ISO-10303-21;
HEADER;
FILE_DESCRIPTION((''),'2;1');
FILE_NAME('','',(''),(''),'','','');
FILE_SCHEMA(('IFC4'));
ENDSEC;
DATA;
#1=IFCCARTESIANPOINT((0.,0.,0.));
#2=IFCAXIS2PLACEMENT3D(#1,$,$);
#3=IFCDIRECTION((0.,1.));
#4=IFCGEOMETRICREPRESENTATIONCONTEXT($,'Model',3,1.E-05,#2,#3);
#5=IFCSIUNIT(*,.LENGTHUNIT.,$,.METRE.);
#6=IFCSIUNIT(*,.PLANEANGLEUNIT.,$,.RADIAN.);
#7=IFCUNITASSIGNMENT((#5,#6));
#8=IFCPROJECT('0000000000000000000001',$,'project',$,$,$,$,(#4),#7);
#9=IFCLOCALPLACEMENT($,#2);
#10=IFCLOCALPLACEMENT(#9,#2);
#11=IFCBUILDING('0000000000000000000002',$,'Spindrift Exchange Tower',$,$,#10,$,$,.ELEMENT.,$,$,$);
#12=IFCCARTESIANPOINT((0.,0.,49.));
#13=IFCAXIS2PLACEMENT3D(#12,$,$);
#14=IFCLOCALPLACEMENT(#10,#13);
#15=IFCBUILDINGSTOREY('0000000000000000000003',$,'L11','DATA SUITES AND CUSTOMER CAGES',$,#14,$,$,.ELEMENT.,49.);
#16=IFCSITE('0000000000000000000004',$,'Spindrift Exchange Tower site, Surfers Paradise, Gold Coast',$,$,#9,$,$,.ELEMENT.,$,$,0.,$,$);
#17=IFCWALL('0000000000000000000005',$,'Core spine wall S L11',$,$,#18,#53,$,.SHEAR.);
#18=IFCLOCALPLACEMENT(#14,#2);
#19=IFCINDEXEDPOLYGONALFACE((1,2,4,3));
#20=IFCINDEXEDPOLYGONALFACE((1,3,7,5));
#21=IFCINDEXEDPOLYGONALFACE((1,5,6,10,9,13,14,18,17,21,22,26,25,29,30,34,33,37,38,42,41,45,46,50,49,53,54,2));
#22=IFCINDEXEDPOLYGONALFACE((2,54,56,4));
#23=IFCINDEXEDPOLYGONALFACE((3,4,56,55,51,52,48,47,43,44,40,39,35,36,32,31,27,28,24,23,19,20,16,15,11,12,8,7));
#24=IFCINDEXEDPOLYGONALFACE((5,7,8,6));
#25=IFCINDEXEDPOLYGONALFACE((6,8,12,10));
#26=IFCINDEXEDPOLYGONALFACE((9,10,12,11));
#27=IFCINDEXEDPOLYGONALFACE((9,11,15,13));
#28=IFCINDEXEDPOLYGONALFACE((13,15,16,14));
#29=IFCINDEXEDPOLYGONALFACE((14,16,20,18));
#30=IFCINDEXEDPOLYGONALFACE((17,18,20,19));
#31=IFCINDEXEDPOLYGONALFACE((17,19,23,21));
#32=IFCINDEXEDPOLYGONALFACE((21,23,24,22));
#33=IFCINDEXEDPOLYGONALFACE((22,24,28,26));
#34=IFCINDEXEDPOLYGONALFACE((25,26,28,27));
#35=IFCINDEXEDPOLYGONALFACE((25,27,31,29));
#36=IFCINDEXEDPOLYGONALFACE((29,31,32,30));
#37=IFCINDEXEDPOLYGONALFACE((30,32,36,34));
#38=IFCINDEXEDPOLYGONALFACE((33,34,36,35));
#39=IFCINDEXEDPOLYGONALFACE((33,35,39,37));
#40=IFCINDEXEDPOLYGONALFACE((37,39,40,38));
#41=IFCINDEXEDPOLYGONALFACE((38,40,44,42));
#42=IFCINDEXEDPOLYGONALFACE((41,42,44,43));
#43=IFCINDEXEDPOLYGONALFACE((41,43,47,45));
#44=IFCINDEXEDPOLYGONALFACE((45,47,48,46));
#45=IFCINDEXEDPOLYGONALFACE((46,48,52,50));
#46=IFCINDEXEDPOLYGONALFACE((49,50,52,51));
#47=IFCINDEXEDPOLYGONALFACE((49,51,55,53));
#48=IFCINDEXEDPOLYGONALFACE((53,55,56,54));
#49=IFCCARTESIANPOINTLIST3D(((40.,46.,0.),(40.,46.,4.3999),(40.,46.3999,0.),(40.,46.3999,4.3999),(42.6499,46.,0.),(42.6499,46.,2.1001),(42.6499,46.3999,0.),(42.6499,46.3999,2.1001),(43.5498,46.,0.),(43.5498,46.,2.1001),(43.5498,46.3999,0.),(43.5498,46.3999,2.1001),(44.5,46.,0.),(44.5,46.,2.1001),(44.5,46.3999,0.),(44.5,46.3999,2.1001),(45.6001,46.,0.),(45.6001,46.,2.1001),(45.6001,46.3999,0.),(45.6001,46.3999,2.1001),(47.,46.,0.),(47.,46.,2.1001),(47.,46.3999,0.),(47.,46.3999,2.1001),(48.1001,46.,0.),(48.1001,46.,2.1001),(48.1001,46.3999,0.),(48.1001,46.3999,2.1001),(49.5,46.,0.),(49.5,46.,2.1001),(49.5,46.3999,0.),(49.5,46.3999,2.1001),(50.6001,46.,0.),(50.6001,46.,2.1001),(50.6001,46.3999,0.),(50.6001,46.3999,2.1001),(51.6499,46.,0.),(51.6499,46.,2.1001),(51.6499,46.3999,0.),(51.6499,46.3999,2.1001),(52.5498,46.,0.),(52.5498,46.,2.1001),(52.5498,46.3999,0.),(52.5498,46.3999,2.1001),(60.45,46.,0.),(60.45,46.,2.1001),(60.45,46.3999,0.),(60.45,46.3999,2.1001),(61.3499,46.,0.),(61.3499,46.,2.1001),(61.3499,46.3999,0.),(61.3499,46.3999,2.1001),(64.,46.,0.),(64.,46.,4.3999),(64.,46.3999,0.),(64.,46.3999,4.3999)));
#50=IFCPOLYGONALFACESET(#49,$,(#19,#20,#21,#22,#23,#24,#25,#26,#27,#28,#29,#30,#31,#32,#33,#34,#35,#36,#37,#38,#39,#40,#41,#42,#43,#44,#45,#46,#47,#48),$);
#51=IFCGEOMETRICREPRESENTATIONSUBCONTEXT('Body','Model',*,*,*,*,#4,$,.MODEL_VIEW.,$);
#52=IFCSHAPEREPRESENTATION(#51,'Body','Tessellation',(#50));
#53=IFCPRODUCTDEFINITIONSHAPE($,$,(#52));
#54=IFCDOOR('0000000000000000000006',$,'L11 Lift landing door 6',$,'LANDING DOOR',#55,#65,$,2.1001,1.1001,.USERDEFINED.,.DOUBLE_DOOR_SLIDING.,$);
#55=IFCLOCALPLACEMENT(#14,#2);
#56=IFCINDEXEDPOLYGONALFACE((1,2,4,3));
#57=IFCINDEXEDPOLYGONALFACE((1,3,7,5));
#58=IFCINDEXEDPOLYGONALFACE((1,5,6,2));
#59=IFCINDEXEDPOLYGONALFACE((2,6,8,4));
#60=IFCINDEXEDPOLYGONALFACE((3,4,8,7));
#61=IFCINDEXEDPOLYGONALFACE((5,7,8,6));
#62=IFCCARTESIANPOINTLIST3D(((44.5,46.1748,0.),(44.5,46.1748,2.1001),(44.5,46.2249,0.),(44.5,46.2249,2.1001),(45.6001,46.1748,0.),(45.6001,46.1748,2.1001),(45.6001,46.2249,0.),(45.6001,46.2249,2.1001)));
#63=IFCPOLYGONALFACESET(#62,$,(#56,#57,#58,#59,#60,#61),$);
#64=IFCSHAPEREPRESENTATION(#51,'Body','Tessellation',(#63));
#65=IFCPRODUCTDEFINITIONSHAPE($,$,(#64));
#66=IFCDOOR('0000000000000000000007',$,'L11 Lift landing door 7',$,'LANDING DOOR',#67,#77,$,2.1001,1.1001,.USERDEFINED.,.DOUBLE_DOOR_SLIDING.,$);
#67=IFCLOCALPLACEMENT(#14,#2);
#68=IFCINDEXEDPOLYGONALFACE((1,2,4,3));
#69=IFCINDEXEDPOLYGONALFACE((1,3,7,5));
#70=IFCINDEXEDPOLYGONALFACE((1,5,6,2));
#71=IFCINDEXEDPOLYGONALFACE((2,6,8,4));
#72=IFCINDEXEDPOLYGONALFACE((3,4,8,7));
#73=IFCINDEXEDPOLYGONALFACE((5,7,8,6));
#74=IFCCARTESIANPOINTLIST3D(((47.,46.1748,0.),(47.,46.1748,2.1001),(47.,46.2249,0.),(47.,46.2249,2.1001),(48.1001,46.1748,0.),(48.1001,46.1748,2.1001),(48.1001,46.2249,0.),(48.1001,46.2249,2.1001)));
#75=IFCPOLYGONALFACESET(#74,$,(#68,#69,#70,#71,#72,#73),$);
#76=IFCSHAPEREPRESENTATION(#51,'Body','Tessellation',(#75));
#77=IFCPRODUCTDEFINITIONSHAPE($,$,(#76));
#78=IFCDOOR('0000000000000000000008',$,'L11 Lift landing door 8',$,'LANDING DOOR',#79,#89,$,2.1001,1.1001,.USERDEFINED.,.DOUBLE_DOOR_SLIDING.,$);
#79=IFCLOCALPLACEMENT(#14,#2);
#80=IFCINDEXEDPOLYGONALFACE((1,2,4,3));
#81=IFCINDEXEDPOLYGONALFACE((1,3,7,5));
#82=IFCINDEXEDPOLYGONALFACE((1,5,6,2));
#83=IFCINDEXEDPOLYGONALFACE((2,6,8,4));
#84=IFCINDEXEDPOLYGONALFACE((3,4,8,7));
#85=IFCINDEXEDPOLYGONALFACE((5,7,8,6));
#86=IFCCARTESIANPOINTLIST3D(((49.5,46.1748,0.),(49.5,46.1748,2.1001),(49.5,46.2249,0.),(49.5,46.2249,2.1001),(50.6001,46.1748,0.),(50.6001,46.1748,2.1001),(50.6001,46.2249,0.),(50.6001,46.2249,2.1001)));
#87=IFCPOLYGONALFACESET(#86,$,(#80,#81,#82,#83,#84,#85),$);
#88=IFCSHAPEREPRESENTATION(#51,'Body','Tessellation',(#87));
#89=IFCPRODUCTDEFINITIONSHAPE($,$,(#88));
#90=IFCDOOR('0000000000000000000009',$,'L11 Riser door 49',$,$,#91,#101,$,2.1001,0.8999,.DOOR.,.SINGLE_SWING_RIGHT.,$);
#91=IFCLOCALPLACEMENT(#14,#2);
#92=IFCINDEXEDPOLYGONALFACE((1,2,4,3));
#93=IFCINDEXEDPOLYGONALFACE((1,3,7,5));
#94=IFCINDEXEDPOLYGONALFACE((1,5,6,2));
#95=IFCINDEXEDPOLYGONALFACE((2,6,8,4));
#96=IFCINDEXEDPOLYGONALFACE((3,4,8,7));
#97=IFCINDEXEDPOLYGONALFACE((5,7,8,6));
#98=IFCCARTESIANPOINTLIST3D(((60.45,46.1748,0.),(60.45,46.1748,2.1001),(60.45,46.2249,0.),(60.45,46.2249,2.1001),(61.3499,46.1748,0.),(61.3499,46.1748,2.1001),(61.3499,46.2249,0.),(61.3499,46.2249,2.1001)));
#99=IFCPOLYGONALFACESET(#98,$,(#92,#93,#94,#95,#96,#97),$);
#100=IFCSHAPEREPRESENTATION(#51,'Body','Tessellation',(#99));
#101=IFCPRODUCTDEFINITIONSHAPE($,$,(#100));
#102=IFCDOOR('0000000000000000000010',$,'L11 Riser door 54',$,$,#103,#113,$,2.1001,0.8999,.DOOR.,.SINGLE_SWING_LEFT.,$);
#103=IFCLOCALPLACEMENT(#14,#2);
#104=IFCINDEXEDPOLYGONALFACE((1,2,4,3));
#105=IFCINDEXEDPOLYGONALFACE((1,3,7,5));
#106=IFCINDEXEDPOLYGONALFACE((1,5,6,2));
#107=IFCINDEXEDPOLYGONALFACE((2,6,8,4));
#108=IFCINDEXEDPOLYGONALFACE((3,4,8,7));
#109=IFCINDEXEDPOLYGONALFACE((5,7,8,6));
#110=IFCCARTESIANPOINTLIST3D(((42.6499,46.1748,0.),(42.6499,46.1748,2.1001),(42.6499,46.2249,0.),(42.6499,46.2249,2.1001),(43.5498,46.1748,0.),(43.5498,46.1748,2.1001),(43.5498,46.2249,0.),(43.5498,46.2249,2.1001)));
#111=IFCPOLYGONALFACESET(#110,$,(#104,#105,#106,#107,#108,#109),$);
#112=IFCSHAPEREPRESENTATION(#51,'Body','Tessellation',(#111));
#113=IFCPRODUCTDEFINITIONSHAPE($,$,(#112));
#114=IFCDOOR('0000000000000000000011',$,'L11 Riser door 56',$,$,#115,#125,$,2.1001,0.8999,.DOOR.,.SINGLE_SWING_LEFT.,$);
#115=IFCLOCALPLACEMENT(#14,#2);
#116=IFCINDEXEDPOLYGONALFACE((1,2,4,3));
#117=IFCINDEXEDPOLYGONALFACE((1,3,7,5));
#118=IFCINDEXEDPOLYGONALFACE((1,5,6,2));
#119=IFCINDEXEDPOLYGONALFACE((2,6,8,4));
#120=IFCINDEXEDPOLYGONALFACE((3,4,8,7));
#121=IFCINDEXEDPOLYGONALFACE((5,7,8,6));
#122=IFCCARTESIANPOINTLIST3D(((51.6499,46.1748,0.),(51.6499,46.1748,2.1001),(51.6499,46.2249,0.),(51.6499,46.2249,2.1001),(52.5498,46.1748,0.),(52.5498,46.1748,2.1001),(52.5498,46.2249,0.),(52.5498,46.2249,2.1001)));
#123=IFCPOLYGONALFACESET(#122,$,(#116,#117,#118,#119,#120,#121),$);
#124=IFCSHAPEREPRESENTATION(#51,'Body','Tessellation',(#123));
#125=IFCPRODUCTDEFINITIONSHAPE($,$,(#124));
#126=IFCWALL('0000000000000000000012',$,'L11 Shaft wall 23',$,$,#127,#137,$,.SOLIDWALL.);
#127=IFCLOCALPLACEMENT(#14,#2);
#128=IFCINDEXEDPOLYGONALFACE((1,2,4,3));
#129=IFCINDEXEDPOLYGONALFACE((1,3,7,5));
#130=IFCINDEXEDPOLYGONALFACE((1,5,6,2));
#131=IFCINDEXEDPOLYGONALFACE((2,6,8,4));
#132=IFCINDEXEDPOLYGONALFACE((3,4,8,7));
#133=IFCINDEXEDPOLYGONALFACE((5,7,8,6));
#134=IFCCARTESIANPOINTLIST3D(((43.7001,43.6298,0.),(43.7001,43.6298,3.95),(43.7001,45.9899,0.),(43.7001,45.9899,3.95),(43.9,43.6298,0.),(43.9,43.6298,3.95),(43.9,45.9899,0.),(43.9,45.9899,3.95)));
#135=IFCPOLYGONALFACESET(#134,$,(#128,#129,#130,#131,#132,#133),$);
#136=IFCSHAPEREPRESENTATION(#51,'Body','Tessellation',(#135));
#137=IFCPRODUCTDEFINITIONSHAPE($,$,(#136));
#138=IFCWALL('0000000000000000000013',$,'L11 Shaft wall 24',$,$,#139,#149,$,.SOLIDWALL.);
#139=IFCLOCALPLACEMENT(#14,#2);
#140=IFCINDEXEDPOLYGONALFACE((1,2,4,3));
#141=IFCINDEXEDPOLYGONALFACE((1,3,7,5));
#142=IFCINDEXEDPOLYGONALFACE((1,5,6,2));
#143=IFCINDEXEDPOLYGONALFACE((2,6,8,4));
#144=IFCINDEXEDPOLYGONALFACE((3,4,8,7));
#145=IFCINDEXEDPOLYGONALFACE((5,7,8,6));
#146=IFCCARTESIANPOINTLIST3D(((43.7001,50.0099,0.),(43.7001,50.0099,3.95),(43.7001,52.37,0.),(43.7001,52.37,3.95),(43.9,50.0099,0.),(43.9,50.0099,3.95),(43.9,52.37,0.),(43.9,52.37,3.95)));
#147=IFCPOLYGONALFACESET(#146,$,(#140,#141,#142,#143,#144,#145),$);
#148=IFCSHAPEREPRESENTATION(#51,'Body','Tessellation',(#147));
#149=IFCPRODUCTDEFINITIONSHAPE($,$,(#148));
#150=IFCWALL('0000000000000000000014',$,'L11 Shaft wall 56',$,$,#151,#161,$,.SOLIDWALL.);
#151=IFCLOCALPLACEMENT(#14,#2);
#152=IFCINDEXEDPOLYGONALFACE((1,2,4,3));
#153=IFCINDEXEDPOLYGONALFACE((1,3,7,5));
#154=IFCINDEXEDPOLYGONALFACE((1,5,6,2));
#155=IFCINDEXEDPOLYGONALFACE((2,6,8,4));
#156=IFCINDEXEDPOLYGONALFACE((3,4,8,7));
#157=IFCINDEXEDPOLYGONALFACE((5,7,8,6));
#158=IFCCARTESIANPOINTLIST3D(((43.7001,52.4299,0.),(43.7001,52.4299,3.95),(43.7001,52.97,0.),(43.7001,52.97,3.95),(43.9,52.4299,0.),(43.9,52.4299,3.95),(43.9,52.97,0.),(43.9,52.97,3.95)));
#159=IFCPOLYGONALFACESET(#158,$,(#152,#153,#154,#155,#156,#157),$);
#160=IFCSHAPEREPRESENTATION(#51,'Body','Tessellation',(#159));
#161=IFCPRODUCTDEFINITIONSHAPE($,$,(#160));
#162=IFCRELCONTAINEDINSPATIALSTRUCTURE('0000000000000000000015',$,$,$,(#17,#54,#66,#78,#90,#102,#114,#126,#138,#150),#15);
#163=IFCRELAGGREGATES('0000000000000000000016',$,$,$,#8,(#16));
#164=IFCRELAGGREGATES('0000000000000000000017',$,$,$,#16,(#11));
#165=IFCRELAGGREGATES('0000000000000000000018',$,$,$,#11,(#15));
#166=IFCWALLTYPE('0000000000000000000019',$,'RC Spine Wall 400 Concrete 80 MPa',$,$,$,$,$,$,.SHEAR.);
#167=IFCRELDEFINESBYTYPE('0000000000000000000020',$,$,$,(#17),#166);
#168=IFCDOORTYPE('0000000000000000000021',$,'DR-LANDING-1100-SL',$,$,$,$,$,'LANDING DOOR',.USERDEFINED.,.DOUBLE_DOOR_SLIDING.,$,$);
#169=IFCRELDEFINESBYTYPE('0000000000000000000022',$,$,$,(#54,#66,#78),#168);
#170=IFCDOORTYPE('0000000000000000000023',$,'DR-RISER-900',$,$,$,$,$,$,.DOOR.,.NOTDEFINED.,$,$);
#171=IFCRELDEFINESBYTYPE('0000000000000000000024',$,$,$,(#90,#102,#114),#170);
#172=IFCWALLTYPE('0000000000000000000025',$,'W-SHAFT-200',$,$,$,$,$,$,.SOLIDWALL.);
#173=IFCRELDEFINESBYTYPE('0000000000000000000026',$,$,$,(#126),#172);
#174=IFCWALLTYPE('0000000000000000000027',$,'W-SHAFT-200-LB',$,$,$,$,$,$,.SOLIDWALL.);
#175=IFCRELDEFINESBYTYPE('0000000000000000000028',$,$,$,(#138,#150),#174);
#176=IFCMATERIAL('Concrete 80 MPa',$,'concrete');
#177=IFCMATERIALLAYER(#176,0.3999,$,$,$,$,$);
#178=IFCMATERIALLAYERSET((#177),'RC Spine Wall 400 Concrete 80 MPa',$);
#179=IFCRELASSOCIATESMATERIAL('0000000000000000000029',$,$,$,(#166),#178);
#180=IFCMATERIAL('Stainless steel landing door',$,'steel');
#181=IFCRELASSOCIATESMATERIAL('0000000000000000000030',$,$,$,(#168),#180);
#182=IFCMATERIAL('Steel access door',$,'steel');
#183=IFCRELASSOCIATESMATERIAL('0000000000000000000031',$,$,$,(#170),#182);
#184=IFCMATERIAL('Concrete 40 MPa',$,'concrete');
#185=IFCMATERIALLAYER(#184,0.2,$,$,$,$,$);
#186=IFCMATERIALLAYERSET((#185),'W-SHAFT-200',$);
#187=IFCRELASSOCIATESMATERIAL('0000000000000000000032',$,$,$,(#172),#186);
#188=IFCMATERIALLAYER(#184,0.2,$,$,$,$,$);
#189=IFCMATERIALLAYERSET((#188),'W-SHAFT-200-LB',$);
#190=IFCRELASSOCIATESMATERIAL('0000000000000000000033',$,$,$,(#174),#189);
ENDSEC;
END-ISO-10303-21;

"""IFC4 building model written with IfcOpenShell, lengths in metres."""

from ifc_helpers import new_model, si_unit, direction, frame, frame_2d, origin, place, context, subcontext, project, spatial, rectangle, extrude, source, transform, mapped, material, layer, layer_set, type_object, element, fill, save


model = new_model("IFC4")

# Units and contexts
model_context = context("Model", 3, precision=1e-05, world=origin(), true_north=direction((0.0, 1.0)))
body_context = subcontext(model_context, "Body", "Model", "MODEL_VIEW")
ifc_project = project(units=[si_unit("LENGTHUNIT", "METRE"), si_unit("PLANEANGLEUNIT", "RADIAN")], contexts=[model_context])

# Site, building, storey
site_placement = place(None, origin())
site = spatial("IfcSite", under=ifc_project, at=site_placement, Name="Spindrift Exchange Tower site, Surfers Paradise, Gold Coast", CompositionType="ELEMENT", RefElevation=0.0)
building_placement = place(site_placement, origin())
building = spatial("IfcBuilding", under=site, at=building_placement, Name="Spindrift Exchange Tower", CompositionType="ELEMENT")
storey_placement = place(building_placement, frame((0.0, 0.0, 49.0)))
storey = spatial("IfcBuildingStorey", under=building, at=storey_placement, Name="L11", Description="DATA SUITES AND CUSTOMER CAGES", CompositionType="ELEMENT", Elevation=49.0)

# Wall, openings, doors
ifc_material_1 = material(Name="Concrete 80 MPa", Category="concrete")
ifc_layer_1 = layer(ifc_material_1, 0.3999)
ifc_layer_set_1 = layer_set([ifc_layer_1], Name="RC Spine Wall 400 Concrete 80 MPa")
wall_type_1 = type_object("IfcWallType", Name="RC Spine Wall 400 Concrete 80 MPa", PredefinedType="SHEAR", material=ifc_layer_set_1)
ifc_material_2 = material(Name="Stainless steel landing door", Category="steel")
door_type_1 = type_object("IfcDoorType", Name="DR-LANDING-1100-SL", ElementType="LANDING DOOR", OperationType="DOUBLE_DOOR_SLIDING", PredefinedType="USERDEFINED", material=ifc_material_2)
shared_shape_1 = source(origin(), body_context, "Body", "SweptSolid", [
    extrude(rectangle(XDim=1.1001, YDim=2.1001, at=frame_2d((0.55, 1.05))), frame((0.0, 0.0249, 0.0), z_axis=(0.0, -1.0, 0.0), x_axis=(1.0, 0.0, 0.0)), (0.0, 0.0, 1.0), 0.05),
])
ifc_material_3 = material(Name="Steel access door", Category="steel")
door_type_2 = type_object("IfcDoorType", Name="DR-RISER-900", OperationType="NOTDEFINED", PredefinedType="DOOR", material=ifc_material_3)
shared_shape_2 = source(origin(), body_context, "Body", "SweptSolid", [
    extrude(rectangle(XDim=0.8999, YDim=2.1001, at=frame_2d((0.45, 1.05))), frame((0.0, 0.0249, 0.0), z_axis=(0.0, -1.0, 0.0), x_axis=(1.0, 0.0, 0.0)), (0.0, 0.0, 1.0), 0.05),
])
wall_1_placement = place(storey_placement, frame((40.0, 46.2, 0.0), z_axis=(0.0, 0.0, 1.0), x_axis=(1.0, 0.0, 0.0)))
wall_1 = element("IfcWall", 1, at=wall_1_placement, inside=storey, type_object=wall_type_1, Name="Core spine wall S L11", PredefinedType="SHEAR", context=body_context, shape_type="SweptSolid", body=[
    extrude(rectangle(XDim=24.0, YDim=0.3999, at=frame_2d((12.0, 0.0))), origin(), (0.0, 0.0, 1.0), 4.3999),
])
opening_1_placement = place(wall_1_placement, frame((4.5, 0.0, 0.0)))
opening_1 = element("IfcOpeningElement", 2, at=opening_1_placement, cuts=wall_1, PredefinedType="OPENING", context=body_context, shape_type="SweptSolid", body=[
    extrude(rectangle(XDim=1.1001, YDim=2.1001, at=frame_2d((0.55, 1.05))), frame((0.0, 0.21, 0.0), z_axis=(0.0, -1.0, 0.0), x_axis=(1.0, 0.0, 0.0)), (0.0, 0.0, 1.0), 0.4199),
])
opening_2_placement = place(wall_1_placement, frame((7.0, 0.0, 0.0)))
opening_2 = element("IfcOpeningElement", 3, at=opening_2_placement, cuts=wall_1, PredefinedType="OPENING", context=body_context, shape_type="SweptSolid", body=[
    extrude(rectangle(XDim=1.1001, YDim=2.1001, at=frame_2d((0.55, 1.05))), frame((0.0, 0.21, 0.0), z_axis=(0.0, -1.0, 0.0), x_axis=(1.0, 0.0, 0.0)), (0.0, 0.0, 1.0), 0.4199),
])
opening_3_placement = place(wall_1_placement, frame((9.5, 0.0, 0.0)))
opening_3 = element("IfcOpeningElement", 4, at=opening_3_placement, cuts=wall_1, PredefinedType="OPENING", context=body_context, shape_type="SweptSolid", body=[
    extrude(rectangle(XDim=1.1001, YDim=2.1001, at=frame_2d((0.55, 1.05))), frame((0.0, 0.21, 0.0), z_axis=(0.0, -1.0, 0.0), x_axis=(1.0, 0.0, 0.0)), (0.0, 0.0, 1.0), 0.4199),
])
opening_4_placement = place(wall_1_placement, frame((20.45, 0.0, 0.0)))
opening_4 = element("IfcOpeningElement", 5, at=opening_4_placement, cuts=wall_1, PredefinedType="OPENING", context=body_context, shape_type="SweptSolid", body=[
    extrude(rectangle(XDim=0.8999, YDim=2.1001, at=frame_2d((0.45, 1.05))), frame((0.0, 0.21, 0.0), z_axis=(0.0, -1.0, 0.0), x_axis=(1.0, 0.0, 0.0)), (0.0, 0.0, 1.0), 0.4199),
])
opening_5_placement = place(wall_1_placement, frame((2.6499, 0.0, 0.0)))
opening_5 = element("IfcOpeningElement", 6, at=opening_5_placement, cuts=wall_1, PredefinedType="OPENING", context=body_context, shape_type="SweptSolid", body=[
    extrude(rectangle(XDim=0.8999, YDim=2.1001, at=frame_2d((0.45, 1.05))), frame((0.0, 0.21, 0.0), z_axis=(0.0, -1.0, 0.0), x_axis=(1.0, 0.0, 0.0)), (0.0, 0.0, 1.0), 0.4199),
])
opening_6_placement = place(wall_1_placement, frame((11.6499, 0.0, 0.0)))
opening_6 = element("IfcOpeningElement", 7, at=opening_6_placement, cuts=wall_1, PredefinedType="OPENING", context=body_context, shape_type="SweptSolid", body=[
    extrude(rectangle(XDim=0.8999, YDim=2.1001, at=frame_2d((0.45, 1.05))), frame((0.0, 0.21, 0.0), z_axis=(0.0, -1.0, 0.0), x_axis=(1.0, 0.0, 0.0)), (0.0, 0.0, 1.0), 0.4199),
])
door_1_placement = place(opening_1_placement, origin())
door_1 = element("IfcDoor", 8, at=door_1_placement, inside=storey, type_object=door_type_1, Name="L11 Lift landing door 6", ObjectType="LANDING DOOR", OperationType="DOUBLE_DOOR_SLIDING", OverallHeight=2.1001, OverallWidth=1.1001, PredefinedType="USERDEFINED", context=body_context, shape_type="MappedRepresentation", body=[
    mapped(shared_shape_1, transform((0.0, 0.0, 0.0), scale=1.0)),
])
fill(opening_1, door_1)
door_2_placement = place(opening_2_placement, origin())
door_2 = element("IfcDoor", 9, at=door_2_placement, inside=storey, type_object=door_type_1, Name="L11 Lift landing door 7", ObjectType="LANDING DOOR", OperationType="DOUBLE_DOOR_SLIDING", OverallHeight=2.1001, OverallWidth=1.1001, PredefinedType="USERDEFINED", context=body_context, shape_type="MappedRepresentation", body=[
    mapped(shared_shape_1, transform((0.0, 0.0, 0.0), scale=1.0)),
])
fill(opening_2, door_2)
door_3_placement = place(opening_3_placement, origin())
door_3 = element("IfcDoor", 10, at=door_3_placement, inside=storey, type_object=door_type_1, Name="L11 Lift landing door 8", ObjectType="LANDING DOOR", OperationType="DOUBLE_DOOR_SLIDING", OverallHeight=2.1001, OverallWidth=1.1001, PredefinedType="USERDEFINED", context=body_context, shape_type="MappedRepresentation", body=[
    mapped(shared_shape_1, transform((0.0, 0.0, 0.0), scale=1.0)),
])
fill(opening_3, door_3)
door_4_placement = place(opening_4_placement, origin())
door_4 = element("IfcDoor", 11, at=door_4_placement, inside=storey, type_object=door_type_2, Name="L11 Riser door 49", OperationType="SINGLE_SWING_RIGHT", OverallHeight=2.1001, OverallWidth=0.8999, PredefinedType="DOOR", context=body_context, shape_type="MappedRepresentation", body=[
    mapped(shared_shape_2, transform((0.0, 0.0, 0.0), scale=1.0)),
])
fill(opening_4, door_4)
door_5_placement = place(opening_5_placement, origin())
door_5 = element("IfcDoor", 12, at=door_5_placement, inside=storey, type_object=door_type_2, Name="L11 Riser door 54", OperationType="SINGLE_SWING_LEFT", OverallHeight=2.1001, OverallWidth=0.8999, PredefinedType="DOOR", context=body_context, shape_type="MappedRepresentation", body=[
    mapped(shared_shape_2, transform((0.0, 0.0, 0.0), scale=1.0)),
])
fill(opening_5, door_5)
door_6_placement = place(opening_6_placement, origin())
door_6 = element("IfcDoor", 13, at=door_6_placement, inside=storey, type_object=door_type_2, Name="L11 Riser door 56", OperationType="SINGLE_SWING_LEFT", OverallHeight=2.1001, OverallWidth=0.8999, PredefinedType="DOOR", context=body_context, shape_type="MappedRepresentation", body=[
    mapped(shared_shape_2, transform((0.0, 0.0, 0.0), scale=1.0)),
])
fill(opening_6, door_6)

# Walls
ifc_material_4 = material(Name="Concrete 40 MPa", Category="concrete")
ifc_layer_2 = layer(ifc_material_4, 0.2)
ifc_layer_set_2 = layer_set([ifc_layer_2], Name="W-SHAFT-200")
wall_type_2 = type_object("IfcWallType", Name="W-SHAFT-200", PredefinedType="SOLIDWALL", material=ifc_layer_set_2)
wall_2_placement = place(storey_placement, frame((43.8, 45.99, 0.0), z_axis=(0.0, 0.0, 1.0), x_axis=(0.0, -1.0, 0.0)))
element("IfcWall", 14, at=wall_2_placement, inside=storey, type_object=wall_type_2, Name="L11 Shaft wall 23", PredefinedType="SOLIDWALL", context=body_context, shape_type="SweptSolid", body=[
    extrude(rectangle(XDim=2.3601, YDim=0.2, at=frame_2d((1.1802, 0.0))), origin(), (0.0, 0.0, 1.0), 3.95),
])
ifc_layer_3 = layer(ifc_material_4, 0.2)
ifc_layer_set_3 = layer_set([ifc_layer_3], Name="W-SHAFT-200-LB")
wall_type_3 = type_object("IfcWallType", Name="W-SHAFT-200-LB", PredefinedType="SOLIDWALL", material=ifc_layer_set_3)
wall_3_placement = place(storey_placement, frame((43.8, 52.3701, 0.0), z_axis=(0.0, 0.0, 1.0), x_axis=(0.0, -1.0, 0.0)))
element("IfcWall", 15, at=wall_3_placement, inside=storey, type_object=wall_type_3, Name="L11 Shaft wall 24", PredefinedType="SOLIDWALL", context=body_context, shape_type="SweptSolid", body=[
    extrude(rectangle(XDim=2.3601, YDim=0.2, at=frame_2d((1.1802, 0.0))), origin(), (0.0, 0.0, 1.0), 3.95),
])
wall_4_placement = place(storey_placement, frame((43.8, 52.4299, 0.0), z_axis=(0.0, 0.0, 1.0), x_axis=(0.0, 1.0, 0.0)))
element("IfcWall", 16, at=wall_4_placement, inside=storey, type_object=wall_type_3, Name="L11 Shaft wall 56", PredefinedType="SOLIDWALL", context=body_context, shape_type="SweptSolid", body=[
    extrude(rectangle(XDim=0.54, YDim=0.2, at=frame_2d((0.27, 0.0))), origin(), (0.0, 0.0, 1.0), 3.95),
])

save(model, "model.ifc")
